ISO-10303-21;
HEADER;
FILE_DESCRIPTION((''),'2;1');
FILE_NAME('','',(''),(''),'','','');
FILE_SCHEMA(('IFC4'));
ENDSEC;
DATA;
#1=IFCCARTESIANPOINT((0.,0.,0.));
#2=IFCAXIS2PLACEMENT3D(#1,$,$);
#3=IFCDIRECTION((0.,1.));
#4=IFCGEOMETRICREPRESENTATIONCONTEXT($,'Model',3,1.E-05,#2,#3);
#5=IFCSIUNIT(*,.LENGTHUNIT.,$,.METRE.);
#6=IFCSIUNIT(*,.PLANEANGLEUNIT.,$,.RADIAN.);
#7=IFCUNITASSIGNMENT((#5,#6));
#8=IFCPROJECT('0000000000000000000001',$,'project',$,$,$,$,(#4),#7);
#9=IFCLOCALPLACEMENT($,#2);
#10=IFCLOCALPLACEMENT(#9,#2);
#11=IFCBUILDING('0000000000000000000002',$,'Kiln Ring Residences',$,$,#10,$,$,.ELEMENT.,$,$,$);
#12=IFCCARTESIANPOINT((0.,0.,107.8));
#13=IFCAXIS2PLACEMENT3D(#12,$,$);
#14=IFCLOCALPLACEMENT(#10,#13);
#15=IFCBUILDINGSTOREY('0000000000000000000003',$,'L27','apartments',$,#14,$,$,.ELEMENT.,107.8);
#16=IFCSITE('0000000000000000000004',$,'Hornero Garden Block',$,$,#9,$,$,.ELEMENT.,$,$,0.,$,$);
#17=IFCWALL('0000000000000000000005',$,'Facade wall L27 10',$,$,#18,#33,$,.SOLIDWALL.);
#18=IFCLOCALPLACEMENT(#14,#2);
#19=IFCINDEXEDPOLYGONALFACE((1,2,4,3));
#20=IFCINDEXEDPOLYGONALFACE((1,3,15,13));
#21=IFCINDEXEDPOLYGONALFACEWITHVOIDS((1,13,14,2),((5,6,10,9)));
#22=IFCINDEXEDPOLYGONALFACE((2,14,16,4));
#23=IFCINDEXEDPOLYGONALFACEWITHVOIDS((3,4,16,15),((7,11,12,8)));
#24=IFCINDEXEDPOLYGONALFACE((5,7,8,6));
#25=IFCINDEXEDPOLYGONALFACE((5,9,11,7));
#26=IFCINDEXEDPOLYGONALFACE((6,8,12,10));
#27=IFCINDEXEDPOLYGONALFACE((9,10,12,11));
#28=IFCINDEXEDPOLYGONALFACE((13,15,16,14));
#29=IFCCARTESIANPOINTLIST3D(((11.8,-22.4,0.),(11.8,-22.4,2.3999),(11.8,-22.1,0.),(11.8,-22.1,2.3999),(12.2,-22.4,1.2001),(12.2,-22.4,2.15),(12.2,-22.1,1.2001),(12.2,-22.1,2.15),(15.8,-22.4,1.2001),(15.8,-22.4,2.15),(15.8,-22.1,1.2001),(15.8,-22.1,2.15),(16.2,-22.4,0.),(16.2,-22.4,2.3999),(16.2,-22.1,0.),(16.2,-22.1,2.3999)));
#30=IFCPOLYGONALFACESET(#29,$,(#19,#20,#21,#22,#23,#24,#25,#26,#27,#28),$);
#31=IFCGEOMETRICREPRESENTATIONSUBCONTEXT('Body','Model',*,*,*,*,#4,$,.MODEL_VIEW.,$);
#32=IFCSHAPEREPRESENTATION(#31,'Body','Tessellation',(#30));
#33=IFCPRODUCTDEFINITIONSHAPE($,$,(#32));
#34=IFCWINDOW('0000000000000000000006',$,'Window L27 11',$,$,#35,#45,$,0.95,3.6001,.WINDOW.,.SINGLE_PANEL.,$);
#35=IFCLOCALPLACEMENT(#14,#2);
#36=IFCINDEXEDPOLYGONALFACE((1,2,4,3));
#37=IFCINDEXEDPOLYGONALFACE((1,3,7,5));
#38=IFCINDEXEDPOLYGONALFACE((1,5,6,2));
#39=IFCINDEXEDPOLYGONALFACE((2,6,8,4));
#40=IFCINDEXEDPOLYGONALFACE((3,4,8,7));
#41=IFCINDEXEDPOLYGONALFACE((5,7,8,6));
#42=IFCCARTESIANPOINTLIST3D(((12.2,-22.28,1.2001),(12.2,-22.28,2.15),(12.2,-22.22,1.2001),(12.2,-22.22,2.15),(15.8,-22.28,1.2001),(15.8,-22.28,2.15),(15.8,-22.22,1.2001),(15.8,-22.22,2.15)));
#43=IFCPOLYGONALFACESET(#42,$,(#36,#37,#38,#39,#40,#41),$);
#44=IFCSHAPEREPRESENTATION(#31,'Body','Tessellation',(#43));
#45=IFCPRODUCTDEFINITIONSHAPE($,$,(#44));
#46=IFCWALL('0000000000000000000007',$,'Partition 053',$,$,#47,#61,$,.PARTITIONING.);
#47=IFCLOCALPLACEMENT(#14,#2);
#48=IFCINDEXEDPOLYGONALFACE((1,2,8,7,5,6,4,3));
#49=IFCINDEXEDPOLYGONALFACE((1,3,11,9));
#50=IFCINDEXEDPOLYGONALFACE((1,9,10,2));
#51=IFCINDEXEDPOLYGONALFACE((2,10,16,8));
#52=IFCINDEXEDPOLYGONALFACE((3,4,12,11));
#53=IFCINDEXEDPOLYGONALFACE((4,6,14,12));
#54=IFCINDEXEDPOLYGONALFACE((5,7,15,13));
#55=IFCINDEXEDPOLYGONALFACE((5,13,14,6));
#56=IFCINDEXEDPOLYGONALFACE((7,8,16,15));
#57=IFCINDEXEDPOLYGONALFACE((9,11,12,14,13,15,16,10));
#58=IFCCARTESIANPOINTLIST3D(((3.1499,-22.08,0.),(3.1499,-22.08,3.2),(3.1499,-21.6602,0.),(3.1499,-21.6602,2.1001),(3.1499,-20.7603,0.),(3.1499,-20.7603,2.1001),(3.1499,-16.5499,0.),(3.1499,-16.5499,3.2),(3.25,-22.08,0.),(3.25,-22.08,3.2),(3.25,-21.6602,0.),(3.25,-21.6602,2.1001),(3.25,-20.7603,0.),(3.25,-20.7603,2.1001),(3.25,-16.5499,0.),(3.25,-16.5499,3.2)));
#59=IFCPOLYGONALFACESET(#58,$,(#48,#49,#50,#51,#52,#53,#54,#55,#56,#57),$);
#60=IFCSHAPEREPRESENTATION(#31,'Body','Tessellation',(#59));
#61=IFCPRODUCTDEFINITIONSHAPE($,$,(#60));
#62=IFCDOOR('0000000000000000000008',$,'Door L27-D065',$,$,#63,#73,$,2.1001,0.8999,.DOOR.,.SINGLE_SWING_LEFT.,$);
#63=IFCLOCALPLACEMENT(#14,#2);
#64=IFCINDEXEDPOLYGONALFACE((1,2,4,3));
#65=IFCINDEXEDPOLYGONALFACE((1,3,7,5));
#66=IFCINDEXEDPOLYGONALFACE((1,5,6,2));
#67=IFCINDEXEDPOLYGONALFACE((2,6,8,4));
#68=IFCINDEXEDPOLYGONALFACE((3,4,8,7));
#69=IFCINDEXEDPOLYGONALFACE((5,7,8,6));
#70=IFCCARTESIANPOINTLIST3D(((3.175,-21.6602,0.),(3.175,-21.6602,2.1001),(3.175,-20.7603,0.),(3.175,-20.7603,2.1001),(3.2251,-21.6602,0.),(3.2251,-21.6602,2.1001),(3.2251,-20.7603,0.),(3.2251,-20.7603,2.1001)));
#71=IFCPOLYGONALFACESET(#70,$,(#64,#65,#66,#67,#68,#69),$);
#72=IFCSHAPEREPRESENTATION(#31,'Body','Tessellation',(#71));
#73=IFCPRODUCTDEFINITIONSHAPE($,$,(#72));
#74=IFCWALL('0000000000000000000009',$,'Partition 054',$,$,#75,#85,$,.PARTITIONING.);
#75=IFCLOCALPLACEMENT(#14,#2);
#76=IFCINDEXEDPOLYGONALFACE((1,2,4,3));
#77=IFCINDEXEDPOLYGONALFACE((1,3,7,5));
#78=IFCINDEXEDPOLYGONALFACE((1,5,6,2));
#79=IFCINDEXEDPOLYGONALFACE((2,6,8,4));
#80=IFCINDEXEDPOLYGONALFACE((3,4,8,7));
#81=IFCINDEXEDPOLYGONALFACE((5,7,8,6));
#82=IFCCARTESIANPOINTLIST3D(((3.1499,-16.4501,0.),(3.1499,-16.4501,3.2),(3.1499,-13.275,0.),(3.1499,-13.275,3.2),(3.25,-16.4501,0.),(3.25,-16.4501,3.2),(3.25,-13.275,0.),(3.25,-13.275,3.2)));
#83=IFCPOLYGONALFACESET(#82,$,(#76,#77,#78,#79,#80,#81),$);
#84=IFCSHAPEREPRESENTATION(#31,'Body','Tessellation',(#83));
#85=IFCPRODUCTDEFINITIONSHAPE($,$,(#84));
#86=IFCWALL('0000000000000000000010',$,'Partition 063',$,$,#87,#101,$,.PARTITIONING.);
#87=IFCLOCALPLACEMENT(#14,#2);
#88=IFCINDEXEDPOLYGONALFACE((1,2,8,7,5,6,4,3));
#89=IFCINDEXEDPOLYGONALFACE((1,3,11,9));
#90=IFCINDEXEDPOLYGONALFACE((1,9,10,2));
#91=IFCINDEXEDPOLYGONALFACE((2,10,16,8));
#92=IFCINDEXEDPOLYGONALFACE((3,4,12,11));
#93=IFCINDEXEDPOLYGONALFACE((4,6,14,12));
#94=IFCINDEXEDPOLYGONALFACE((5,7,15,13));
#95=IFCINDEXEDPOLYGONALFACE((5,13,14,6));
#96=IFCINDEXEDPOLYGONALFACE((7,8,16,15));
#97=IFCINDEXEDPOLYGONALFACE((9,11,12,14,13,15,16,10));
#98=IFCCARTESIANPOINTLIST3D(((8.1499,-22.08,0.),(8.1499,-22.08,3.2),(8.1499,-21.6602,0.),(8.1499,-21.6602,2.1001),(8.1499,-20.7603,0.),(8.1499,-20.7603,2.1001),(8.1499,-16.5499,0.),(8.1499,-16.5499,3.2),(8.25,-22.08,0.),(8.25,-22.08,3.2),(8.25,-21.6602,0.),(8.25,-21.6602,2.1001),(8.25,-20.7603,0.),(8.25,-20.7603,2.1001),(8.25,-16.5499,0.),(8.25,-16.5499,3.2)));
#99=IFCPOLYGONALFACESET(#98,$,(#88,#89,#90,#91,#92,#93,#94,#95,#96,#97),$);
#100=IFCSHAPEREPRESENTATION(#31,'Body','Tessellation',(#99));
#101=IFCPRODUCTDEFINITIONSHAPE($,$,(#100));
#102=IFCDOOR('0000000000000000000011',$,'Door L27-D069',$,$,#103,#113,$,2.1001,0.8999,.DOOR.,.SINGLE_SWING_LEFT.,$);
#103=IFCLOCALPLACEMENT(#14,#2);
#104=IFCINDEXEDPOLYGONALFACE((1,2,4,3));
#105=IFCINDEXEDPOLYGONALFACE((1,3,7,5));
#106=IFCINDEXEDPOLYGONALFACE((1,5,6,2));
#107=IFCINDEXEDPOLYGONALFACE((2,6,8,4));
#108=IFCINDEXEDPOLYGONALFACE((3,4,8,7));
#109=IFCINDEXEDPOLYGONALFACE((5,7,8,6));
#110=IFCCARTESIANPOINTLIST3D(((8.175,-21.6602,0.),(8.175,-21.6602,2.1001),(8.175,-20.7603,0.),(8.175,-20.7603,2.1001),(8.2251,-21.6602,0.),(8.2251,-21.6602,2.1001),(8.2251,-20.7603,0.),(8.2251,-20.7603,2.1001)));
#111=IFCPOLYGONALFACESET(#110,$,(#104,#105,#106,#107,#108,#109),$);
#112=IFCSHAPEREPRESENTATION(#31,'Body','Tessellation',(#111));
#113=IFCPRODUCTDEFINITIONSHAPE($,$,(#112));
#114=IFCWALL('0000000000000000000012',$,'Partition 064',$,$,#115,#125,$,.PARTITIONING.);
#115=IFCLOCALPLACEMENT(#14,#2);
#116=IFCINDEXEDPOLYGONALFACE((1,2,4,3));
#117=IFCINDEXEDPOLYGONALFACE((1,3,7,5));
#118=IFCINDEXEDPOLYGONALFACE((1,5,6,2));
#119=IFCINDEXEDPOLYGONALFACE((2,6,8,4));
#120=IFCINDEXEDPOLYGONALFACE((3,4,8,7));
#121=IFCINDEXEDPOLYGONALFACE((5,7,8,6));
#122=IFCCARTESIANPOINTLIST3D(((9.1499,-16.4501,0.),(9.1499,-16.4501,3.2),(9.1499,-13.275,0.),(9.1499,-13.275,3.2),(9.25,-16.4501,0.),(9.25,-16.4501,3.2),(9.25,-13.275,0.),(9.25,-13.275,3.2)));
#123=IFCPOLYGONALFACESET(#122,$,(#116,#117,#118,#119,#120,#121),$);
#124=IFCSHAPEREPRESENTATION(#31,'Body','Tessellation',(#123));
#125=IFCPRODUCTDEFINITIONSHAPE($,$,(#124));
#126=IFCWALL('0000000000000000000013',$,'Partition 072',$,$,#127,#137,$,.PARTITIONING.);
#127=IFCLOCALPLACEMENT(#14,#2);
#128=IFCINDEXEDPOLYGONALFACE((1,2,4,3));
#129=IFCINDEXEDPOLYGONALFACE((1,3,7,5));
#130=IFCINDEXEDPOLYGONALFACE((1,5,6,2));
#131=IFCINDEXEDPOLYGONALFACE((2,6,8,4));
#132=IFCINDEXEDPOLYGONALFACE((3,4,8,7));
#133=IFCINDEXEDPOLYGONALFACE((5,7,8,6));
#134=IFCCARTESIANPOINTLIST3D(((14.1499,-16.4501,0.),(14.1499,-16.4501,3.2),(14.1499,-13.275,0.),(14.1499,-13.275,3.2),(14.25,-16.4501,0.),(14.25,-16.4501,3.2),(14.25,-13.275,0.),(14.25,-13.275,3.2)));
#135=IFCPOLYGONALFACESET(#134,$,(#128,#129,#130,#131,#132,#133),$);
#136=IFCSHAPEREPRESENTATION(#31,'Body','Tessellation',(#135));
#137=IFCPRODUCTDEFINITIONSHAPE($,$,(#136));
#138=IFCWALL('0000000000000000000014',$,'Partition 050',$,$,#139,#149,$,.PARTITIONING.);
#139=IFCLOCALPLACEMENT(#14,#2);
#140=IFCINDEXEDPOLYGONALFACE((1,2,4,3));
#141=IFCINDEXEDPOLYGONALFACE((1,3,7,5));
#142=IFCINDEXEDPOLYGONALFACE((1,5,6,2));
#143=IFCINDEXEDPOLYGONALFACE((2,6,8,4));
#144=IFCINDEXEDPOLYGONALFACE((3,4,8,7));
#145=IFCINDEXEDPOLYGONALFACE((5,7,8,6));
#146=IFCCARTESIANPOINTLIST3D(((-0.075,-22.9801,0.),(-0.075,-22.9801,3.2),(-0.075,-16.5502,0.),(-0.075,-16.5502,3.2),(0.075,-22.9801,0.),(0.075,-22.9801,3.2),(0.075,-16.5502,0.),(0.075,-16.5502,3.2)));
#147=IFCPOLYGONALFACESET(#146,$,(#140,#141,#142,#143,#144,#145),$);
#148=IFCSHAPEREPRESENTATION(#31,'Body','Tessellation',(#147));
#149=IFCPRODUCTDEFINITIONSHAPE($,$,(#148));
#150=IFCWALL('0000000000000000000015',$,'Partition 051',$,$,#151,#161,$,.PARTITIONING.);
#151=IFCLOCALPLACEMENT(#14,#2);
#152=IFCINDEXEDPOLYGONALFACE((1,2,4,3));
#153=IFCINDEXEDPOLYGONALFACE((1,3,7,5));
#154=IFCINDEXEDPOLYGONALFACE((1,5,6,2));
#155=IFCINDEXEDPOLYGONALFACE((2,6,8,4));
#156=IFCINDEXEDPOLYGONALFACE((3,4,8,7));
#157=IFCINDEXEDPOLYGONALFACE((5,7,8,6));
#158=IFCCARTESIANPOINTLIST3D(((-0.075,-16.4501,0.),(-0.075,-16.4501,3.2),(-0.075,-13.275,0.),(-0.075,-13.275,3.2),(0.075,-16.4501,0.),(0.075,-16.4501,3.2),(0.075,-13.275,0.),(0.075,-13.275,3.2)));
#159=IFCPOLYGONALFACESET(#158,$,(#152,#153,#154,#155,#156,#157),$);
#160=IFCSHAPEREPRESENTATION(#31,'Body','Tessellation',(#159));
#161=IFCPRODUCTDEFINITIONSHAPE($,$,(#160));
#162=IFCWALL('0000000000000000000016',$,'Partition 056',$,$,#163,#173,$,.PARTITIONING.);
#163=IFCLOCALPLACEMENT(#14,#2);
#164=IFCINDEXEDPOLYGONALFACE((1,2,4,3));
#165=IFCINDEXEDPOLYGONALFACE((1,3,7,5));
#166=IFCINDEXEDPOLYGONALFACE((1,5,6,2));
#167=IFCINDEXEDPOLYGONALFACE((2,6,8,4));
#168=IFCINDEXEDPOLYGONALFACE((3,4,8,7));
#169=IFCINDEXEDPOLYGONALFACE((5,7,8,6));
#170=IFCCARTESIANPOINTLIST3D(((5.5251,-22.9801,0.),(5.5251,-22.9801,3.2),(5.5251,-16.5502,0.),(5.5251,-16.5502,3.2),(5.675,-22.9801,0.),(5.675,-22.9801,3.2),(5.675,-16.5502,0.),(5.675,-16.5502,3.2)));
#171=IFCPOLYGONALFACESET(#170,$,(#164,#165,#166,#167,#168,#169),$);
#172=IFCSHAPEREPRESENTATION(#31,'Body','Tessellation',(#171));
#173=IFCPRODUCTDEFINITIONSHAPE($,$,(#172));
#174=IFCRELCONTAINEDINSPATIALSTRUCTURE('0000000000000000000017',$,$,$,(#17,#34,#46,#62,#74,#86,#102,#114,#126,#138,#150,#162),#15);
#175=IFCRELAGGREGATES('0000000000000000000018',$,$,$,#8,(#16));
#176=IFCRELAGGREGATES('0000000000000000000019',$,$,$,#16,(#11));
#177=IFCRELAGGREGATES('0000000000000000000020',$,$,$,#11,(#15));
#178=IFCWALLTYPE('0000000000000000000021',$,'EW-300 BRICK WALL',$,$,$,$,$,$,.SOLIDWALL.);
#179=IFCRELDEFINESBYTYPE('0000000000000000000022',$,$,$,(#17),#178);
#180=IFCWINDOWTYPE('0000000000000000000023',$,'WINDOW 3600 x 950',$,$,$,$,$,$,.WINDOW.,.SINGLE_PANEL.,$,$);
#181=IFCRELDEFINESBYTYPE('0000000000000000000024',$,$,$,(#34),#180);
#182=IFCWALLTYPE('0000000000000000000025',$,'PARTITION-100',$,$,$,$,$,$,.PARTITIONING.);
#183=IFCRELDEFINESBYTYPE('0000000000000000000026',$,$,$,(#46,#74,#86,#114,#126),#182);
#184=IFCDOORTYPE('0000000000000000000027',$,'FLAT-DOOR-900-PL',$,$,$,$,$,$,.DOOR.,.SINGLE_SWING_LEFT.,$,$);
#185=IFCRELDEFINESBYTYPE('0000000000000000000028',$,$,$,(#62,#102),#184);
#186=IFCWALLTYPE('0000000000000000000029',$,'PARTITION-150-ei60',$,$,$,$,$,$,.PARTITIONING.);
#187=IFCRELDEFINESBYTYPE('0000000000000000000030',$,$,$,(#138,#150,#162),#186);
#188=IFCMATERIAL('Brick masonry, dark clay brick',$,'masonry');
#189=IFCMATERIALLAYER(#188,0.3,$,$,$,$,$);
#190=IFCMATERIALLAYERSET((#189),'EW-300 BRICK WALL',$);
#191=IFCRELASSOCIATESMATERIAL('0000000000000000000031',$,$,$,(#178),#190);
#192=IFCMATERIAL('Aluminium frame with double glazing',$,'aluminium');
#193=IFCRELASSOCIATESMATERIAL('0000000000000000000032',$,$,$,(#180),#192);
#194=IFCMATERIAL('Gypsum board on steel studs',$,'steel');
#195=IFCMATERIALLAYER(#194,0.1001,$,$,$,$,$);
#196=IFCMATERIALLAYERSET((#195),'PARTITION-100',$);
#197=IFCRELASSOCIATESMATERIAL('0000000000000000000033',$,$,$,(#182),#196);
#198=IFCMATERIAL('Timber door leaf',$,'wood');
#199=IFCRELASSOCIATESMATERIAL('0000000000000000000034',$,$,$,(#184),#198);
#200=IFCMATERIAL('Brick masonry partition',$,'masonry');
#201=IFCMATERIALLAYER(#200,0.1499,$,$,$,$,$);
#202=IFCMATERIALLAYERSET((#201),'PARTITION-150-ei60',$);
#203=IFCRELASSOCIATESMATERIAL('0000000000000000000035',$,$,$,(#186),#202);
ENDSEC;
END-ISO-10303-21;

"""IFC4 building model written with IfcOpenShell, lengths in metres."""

from ifc_helpers import new_model, si_unit, direction, frame, frame_2d, origin, place, context, subcontext, project, spatial, rectangle, extrude, material, layer, layer_set, type_object, element, fill, save


model = new_model("IFC4")

# Units and contexts
model_context = context("Model", 3, precision=1e-05, world=origin(), true_north=direction((0.0, 1.0)))
body_context = subcontext(model_context, "Body", "Model", "MODEL_VIEW")
ifc_project = project(units=[si_unit("LENGTHUNIT", "METRE"), si_unit("PLANEANGLEUNIT", "RADIAN")], contexts=[model_context])

# Site, building, storey
site_placement = place(None, origin())
site = spatial("IfcSite", under=ifc_project, at=site_placement, Name="Hornero Garden Block", CompositionType="ELEMENT", RefElevation=0.0)
building_placement = place(site_placement, origin())
building = spatial("IfcBuilding", under=site, at=building_placement, Name="Kiln Ring Residences", CompositionType="ELEMENT")
storey_placement = place(building_placement, frame((0.0, 0.0, 107.8)))
storey = spatial("IfcBuildingStorey", under=building, at=storey_placement, Name="L27", Description="apartments", CompositionType="ELEMENT", Elevation=107.8)

# Shared definitions
ifc_material_1 = material(Name="Brick masonry, dark clay brick", Category="masonry")
ifc_layer_1 = layer(ifc_material_1, 0.3)
ifc_layer_set_1 = layer_set([ifc_layer_1], Name="EW-300 BRICK WALL")
wall_type_1 = type_object("IfcWallType", Name="EW-300 BRICK WALL", PredefinedType="SOLIDWALL", material=ifc_layer_set_1)

# Wall, opening, window
wall_1_placement = place(storey_placement, frame((11.8, -22.25, 0.0), z_axis=(0.0, 0.0, 1.0), x_axis=(1.0, 0.0, 0.0)))
wall_1 = element("IfcWall", 1, at=wall_1_placement, inside=storey, type_object=wall_type_1, Name="Facade wall L27 10", PredefinedType="SOLIDWALL", context=body_context, shape_type="SweptSolid", body=[
    extrude(rectangle(XDim=4.3999, YDim=0.3, at=frame_2d((2.2, 0.0))), origin(), (0.0, 0.0, 1.0), 2.3999),
])
opening_1_placement = place(wall_1_placement, frame((0.3999, 0.0, 1.2)))
opening_1 = element("IfcOpeningElement", 2, at=opening_1_placement, cuts=wall_1, PredefinedType="OPENING", context=body_context, shape_type="SweptSolid", body=[
    extrude(rectangle(XDim=3.6001, YDim=0.95, at=frame_2d((1.8, 0.4751))), frame((0.0, 0.1599, 0.0), z_axis=(0.0, -1.0, 0.0), x_axis=(1.0, 0.0, 0.0)), (0.0, 0.0, 1.0), 0.3201),
])
ifc_material_2 = material(Name="Aluminium frame with double glazing", Category="aluminium")
window_type_1 = type_object("IfcWindowType", Name="WINDOW 3600 x 950", PartitioningType="SINGLE_PANEL", PredefinedType="WINDOW", material=ifc_material_2)
window_1_placement = place(opening_1_placement, origin())
window_1 = element("IfcWindow", 3, at=window_1_placement, inside=storey, type_object=window_type_1, Name="Window L27 11", OverallHeight=0.95, OverallWidth=3.6001, PartitioningType="SINGLE_PANEL", PredefinedType="WINDOW", context=body_context, shape_type="SweptSolid", body=[
    extrude(rectangle(XDim=3.6001, YDim=0.95, at=frame_2d((1.8, 0.4751))), frame((0.0, 0.03, 0.0), z_axis=(0.0, -1.0, 0.0), x_axis=(1.0, 0.0, 0.0)), (0.0, 0.0, 1.0), 0.0601),
])
fill(opening_1, window_1)

# Wall, opening, door
ifc_material_3 = material(Name="Gypsum board on steel studs", Category="steel")
ifc_layer_2 = layer(ifc_material_3, 0.1001)
ifc_layer_set_2 = layer_set([ifc_layer_2], Name="PARTITION-100")
wall_type_2 = type_object("IfcWallType", Name="PARTITION-100", PredefinedType="PARTITIONING", material=ifc_layer_set_2)
wall_2_placement = place(storey_placement, frame((3.2, -22.0801, 0.0), z_axis=(0.0, 0.0, 1.0), x_axis=(0.0, 1.0, 0.0)))
wall_2 = element("IfcWall", 4, at=wall_2_placement, inside=storey, type_object=wall_type_2, Name="Partition 053", PredefinedType="PARTITIONING", context=body_context, shape_type="SweptSolid", body=[
    extrude(rectangle(XDim=5.53, YDim=0.1001, at=frame_2d((2.7651, 0.0))), origin(), (0.0, 0.0, 1.0), 3.2),
])
opening_2_placement = place(wall_2_placement, frame((0.4199, 0.0, 0.0)))
opening_2 = element("IfcOpeningElement", 5, at=opening_2_placement, cuts=wall_2, PredefinedType="OPENING", context=body_context, shape_type="SweptSolid", body=[
    extrude(rectangle(XDim=0.8999, YDim=2.1001, at=frame_2d((0.45, 1.05))), frame((0.0, 0.0601, 0.0), z_axis=(0.0, -1.0, 0.0), x_axis=(1.0, 0.0, 0.0)), (0.0, 0.0, 1.0), 0.1201),
])
ifc_material_4 = material(Name="Timber door leaf", Category="wood")
door_type = type_object("IfcDoorType", Name="FLAT-DOOR-900-PL", OperationType="SINGLE_SWING_LEFT", PredefinedType="DOOR", material=ifc_material_4)
door_1_placement = place(opening_2_placement, origin())
door_1 = element("IfcDoor", 6, at=door_1_placement, inside=storey, type_object=door_type, Name="Door L27-D065", OperationType="SINGLE_SWING_LEFT", OverallHeight=2.1001, OverallWidth=0.8999, PredefinedType="DOOR", context=body_context, shape_type="SweptSolid", body=[
    extrude(rectangle(XDim=0.8999, YDim=2.1001, at=frame_2d((0.45, 1.05))), frame((0.0, 0.0249, 0.0), z_axis=(0.0, -1.0, 0.0), x_axis=(1.0, 0.0, 0.0)), (0.0, 0.0, 1.0), 0.05),
])
fill(opening_2, door_1)

# Wall
wall_3_placement = place(storey_placement, frame((3.2, -16.45, 0.0), z_axis=(0.0, 0.0, 1.0), x_axis=(0.0, 1.0, 0.0)))
element("IfcWall", 7, at=wall_3_placement, inside=storey, type_object=wall_type_2, Name="Partition 054", PredefinedType="PARTITIONING", context=body_context, shape_type="SweptSolid", body=[
    extrude(rectangle(XDim=3.175, YDim=0.1001, at=frame_2d((1.5874, 0.0))), origin(), (0.0, 0.0, 1.0), 3.2),
])

# Wall, opening, door
wall_4_placement = place(storey_placement, frame((8.2, -22.0801, 0.0), z_axis=(0.0, 0.0, 1.0), x_axis=(0.0, 1.0, 0.0)))
wall_4 = element("IfcWall", 8, at=wall_4_placement, inside=storey, type_object=wall_type_2, Name="Partition 063", PredefinedType="PARTITIONING", context=body_context, shape_type="SweptSolid", body=[
    extrude(rectangle(XDim=5.53, YDim=0.1001, at=frame_2d((2.7651, 0.0))), origin(), (0.0, 0.0, 1.0), 3.2),
])
opening_3_placement = place(wall_4_placement, frame((0.4199, 0.0, 0.0)))
opening_3 = element("IfcOpeningElement", 9, at=opening_3_placement, cuts=wall_4, PredefinedType="OPENING", context=body_context, shape_type="SweptSolid", body=[
    extrude(rectangle(XDim=0.8999, YDim=2.1001, at=frame_2d((0.45, 1.05))), frame((0.0, 0.0601, 0.0), z_axis=(0.0, -1.0, 0.0), x_axis=(1.0, 0.0, 0.0)), (0.0, 0.0, 1.0), 0.1201),
])
door_2_placement = place(opening_3_placement, origin())
door_2 = element("IfcDoor", 10, at=door_2_placement, inside=storey, type_object=door_type, Name="Door L27-D069", OperationType="SINGLE_SWING_LEFT", OverallHeight=2.1001, OverallWidth=0.8999, PredefinedType="DOOR", context=body_context, shape_type="SweptSolid", body=[
    extrude(rectangle(XDim=0.8999, YDim=2.1001, at=frame_2d((0.45, 1.05))), frame((0.0, 0.0249, 0.0), z_axis=(0.0, -1.0, 0.0), x_axis=(1.0, 0.0, 0.0)), (0.0, 0.0, 1.0), 0.05),
])
fill(opening_3, door_2)

# Walls
for number, where, z_axis, x_axis, name in (
    (11, (9.2, -16.45, 0.0), (0.0, 0.0, 1.0), (0.0, 1.0, 0.0), "Partition 064"),
    (12, (14.2, -16.45, 0.0), (0.0, 0.0, 1.0), (0.0, 1.0, 0.0), "Partition 072"),
):
    element("IfcWall", number, at=place(storey_placement, frame(where, z_axis=z_axis, x_axis=x_axis)), inside=storey, type_object=wall_type_2, Name=name, PredefinedType="PARTITIONING", context=body_context, shape_type="SweptSolid", body=[
        extrude(rectangle(XDim=3.175, YDim=0.1001, at=frame_2d((1.5874, 0.0))), origin(), (0.0, 0.0, 1.0), 3.2),
    ])
ifc_material_5 = material(Name="Brick masonry partition", Category="masonry")
ifc_layer_3 = layer(ifc_material_5, 0.1499)
ifc_layer_set_3 = layer_set([ifc_layer_3], Name="PARTITION-150-ei60")
wall_type_3 = type_object("IfcWallType", Name="PARTITION-150-ei60", PredefinedType="PARTITIONING", material=ifc_layer_set_3)
wall_5_placement = place(storey_placement, frame((0.0, -22.98, 0.0), z_axis=(0.0, 0.0, 1.0), x_axis=(0.0, 1.0, 0.0)))
element("IfcWall", 13, at=wall_5_placement, inside=storey, type_object=wall_type_3, Name="Partition 050", PredefinedType="PARTITIONING", context=body_context, shape_type="SweptSolid", body=[
    extrude(rectangle(XDim=6.4299, YDim=0.1499, at=frame_2d((3.2148, 0.0))), origin(), (0.0, 0.0, 1.0), 3.2),
])
wall_6_placement = place(storey_placement, frame((0.0, -16.45, 0.0), z_axis=(0.0, 0.0, 1.0), x_axis=(0.0, 1.0, 0.0)))
element("IfcWall", 14, at=wall_6_placement, inside=storey, type_object=wall_type_3, Name="Partition 051", PredefinedType="PARTITIONING", context=body_context, shape_type="SweptSolid", body=[
    extrude(rectangle(XDim=3.175, YDim=0.1499, at=frame_2d((1.5874, 0.0))), origin(), (0.0, 0.0, 1.0), 3.2),
])
wall_7_placement = place(storey_placement, frame((5.6001, -22.98, 0.0), z_axis=(0.0, 0.0, 1.0), x_axis=(0.0, 1.0, 0.0)))
element("IfcWall", 15, at=wall_7_placement, inside=storey, type_object=wall_type_3, Name="Partition 056", PredefinedType="PARTITIONING", context=body_context, shape_type="SweptSolid", body=[
    extrude(rectangle(XDim=6.4299, YDim=0.1499, at=frame_2d((3.2148, 0.0))), origin(), (0.0, 0.0, 1.0), 3.2),
])

save(model, "model.ifc")
